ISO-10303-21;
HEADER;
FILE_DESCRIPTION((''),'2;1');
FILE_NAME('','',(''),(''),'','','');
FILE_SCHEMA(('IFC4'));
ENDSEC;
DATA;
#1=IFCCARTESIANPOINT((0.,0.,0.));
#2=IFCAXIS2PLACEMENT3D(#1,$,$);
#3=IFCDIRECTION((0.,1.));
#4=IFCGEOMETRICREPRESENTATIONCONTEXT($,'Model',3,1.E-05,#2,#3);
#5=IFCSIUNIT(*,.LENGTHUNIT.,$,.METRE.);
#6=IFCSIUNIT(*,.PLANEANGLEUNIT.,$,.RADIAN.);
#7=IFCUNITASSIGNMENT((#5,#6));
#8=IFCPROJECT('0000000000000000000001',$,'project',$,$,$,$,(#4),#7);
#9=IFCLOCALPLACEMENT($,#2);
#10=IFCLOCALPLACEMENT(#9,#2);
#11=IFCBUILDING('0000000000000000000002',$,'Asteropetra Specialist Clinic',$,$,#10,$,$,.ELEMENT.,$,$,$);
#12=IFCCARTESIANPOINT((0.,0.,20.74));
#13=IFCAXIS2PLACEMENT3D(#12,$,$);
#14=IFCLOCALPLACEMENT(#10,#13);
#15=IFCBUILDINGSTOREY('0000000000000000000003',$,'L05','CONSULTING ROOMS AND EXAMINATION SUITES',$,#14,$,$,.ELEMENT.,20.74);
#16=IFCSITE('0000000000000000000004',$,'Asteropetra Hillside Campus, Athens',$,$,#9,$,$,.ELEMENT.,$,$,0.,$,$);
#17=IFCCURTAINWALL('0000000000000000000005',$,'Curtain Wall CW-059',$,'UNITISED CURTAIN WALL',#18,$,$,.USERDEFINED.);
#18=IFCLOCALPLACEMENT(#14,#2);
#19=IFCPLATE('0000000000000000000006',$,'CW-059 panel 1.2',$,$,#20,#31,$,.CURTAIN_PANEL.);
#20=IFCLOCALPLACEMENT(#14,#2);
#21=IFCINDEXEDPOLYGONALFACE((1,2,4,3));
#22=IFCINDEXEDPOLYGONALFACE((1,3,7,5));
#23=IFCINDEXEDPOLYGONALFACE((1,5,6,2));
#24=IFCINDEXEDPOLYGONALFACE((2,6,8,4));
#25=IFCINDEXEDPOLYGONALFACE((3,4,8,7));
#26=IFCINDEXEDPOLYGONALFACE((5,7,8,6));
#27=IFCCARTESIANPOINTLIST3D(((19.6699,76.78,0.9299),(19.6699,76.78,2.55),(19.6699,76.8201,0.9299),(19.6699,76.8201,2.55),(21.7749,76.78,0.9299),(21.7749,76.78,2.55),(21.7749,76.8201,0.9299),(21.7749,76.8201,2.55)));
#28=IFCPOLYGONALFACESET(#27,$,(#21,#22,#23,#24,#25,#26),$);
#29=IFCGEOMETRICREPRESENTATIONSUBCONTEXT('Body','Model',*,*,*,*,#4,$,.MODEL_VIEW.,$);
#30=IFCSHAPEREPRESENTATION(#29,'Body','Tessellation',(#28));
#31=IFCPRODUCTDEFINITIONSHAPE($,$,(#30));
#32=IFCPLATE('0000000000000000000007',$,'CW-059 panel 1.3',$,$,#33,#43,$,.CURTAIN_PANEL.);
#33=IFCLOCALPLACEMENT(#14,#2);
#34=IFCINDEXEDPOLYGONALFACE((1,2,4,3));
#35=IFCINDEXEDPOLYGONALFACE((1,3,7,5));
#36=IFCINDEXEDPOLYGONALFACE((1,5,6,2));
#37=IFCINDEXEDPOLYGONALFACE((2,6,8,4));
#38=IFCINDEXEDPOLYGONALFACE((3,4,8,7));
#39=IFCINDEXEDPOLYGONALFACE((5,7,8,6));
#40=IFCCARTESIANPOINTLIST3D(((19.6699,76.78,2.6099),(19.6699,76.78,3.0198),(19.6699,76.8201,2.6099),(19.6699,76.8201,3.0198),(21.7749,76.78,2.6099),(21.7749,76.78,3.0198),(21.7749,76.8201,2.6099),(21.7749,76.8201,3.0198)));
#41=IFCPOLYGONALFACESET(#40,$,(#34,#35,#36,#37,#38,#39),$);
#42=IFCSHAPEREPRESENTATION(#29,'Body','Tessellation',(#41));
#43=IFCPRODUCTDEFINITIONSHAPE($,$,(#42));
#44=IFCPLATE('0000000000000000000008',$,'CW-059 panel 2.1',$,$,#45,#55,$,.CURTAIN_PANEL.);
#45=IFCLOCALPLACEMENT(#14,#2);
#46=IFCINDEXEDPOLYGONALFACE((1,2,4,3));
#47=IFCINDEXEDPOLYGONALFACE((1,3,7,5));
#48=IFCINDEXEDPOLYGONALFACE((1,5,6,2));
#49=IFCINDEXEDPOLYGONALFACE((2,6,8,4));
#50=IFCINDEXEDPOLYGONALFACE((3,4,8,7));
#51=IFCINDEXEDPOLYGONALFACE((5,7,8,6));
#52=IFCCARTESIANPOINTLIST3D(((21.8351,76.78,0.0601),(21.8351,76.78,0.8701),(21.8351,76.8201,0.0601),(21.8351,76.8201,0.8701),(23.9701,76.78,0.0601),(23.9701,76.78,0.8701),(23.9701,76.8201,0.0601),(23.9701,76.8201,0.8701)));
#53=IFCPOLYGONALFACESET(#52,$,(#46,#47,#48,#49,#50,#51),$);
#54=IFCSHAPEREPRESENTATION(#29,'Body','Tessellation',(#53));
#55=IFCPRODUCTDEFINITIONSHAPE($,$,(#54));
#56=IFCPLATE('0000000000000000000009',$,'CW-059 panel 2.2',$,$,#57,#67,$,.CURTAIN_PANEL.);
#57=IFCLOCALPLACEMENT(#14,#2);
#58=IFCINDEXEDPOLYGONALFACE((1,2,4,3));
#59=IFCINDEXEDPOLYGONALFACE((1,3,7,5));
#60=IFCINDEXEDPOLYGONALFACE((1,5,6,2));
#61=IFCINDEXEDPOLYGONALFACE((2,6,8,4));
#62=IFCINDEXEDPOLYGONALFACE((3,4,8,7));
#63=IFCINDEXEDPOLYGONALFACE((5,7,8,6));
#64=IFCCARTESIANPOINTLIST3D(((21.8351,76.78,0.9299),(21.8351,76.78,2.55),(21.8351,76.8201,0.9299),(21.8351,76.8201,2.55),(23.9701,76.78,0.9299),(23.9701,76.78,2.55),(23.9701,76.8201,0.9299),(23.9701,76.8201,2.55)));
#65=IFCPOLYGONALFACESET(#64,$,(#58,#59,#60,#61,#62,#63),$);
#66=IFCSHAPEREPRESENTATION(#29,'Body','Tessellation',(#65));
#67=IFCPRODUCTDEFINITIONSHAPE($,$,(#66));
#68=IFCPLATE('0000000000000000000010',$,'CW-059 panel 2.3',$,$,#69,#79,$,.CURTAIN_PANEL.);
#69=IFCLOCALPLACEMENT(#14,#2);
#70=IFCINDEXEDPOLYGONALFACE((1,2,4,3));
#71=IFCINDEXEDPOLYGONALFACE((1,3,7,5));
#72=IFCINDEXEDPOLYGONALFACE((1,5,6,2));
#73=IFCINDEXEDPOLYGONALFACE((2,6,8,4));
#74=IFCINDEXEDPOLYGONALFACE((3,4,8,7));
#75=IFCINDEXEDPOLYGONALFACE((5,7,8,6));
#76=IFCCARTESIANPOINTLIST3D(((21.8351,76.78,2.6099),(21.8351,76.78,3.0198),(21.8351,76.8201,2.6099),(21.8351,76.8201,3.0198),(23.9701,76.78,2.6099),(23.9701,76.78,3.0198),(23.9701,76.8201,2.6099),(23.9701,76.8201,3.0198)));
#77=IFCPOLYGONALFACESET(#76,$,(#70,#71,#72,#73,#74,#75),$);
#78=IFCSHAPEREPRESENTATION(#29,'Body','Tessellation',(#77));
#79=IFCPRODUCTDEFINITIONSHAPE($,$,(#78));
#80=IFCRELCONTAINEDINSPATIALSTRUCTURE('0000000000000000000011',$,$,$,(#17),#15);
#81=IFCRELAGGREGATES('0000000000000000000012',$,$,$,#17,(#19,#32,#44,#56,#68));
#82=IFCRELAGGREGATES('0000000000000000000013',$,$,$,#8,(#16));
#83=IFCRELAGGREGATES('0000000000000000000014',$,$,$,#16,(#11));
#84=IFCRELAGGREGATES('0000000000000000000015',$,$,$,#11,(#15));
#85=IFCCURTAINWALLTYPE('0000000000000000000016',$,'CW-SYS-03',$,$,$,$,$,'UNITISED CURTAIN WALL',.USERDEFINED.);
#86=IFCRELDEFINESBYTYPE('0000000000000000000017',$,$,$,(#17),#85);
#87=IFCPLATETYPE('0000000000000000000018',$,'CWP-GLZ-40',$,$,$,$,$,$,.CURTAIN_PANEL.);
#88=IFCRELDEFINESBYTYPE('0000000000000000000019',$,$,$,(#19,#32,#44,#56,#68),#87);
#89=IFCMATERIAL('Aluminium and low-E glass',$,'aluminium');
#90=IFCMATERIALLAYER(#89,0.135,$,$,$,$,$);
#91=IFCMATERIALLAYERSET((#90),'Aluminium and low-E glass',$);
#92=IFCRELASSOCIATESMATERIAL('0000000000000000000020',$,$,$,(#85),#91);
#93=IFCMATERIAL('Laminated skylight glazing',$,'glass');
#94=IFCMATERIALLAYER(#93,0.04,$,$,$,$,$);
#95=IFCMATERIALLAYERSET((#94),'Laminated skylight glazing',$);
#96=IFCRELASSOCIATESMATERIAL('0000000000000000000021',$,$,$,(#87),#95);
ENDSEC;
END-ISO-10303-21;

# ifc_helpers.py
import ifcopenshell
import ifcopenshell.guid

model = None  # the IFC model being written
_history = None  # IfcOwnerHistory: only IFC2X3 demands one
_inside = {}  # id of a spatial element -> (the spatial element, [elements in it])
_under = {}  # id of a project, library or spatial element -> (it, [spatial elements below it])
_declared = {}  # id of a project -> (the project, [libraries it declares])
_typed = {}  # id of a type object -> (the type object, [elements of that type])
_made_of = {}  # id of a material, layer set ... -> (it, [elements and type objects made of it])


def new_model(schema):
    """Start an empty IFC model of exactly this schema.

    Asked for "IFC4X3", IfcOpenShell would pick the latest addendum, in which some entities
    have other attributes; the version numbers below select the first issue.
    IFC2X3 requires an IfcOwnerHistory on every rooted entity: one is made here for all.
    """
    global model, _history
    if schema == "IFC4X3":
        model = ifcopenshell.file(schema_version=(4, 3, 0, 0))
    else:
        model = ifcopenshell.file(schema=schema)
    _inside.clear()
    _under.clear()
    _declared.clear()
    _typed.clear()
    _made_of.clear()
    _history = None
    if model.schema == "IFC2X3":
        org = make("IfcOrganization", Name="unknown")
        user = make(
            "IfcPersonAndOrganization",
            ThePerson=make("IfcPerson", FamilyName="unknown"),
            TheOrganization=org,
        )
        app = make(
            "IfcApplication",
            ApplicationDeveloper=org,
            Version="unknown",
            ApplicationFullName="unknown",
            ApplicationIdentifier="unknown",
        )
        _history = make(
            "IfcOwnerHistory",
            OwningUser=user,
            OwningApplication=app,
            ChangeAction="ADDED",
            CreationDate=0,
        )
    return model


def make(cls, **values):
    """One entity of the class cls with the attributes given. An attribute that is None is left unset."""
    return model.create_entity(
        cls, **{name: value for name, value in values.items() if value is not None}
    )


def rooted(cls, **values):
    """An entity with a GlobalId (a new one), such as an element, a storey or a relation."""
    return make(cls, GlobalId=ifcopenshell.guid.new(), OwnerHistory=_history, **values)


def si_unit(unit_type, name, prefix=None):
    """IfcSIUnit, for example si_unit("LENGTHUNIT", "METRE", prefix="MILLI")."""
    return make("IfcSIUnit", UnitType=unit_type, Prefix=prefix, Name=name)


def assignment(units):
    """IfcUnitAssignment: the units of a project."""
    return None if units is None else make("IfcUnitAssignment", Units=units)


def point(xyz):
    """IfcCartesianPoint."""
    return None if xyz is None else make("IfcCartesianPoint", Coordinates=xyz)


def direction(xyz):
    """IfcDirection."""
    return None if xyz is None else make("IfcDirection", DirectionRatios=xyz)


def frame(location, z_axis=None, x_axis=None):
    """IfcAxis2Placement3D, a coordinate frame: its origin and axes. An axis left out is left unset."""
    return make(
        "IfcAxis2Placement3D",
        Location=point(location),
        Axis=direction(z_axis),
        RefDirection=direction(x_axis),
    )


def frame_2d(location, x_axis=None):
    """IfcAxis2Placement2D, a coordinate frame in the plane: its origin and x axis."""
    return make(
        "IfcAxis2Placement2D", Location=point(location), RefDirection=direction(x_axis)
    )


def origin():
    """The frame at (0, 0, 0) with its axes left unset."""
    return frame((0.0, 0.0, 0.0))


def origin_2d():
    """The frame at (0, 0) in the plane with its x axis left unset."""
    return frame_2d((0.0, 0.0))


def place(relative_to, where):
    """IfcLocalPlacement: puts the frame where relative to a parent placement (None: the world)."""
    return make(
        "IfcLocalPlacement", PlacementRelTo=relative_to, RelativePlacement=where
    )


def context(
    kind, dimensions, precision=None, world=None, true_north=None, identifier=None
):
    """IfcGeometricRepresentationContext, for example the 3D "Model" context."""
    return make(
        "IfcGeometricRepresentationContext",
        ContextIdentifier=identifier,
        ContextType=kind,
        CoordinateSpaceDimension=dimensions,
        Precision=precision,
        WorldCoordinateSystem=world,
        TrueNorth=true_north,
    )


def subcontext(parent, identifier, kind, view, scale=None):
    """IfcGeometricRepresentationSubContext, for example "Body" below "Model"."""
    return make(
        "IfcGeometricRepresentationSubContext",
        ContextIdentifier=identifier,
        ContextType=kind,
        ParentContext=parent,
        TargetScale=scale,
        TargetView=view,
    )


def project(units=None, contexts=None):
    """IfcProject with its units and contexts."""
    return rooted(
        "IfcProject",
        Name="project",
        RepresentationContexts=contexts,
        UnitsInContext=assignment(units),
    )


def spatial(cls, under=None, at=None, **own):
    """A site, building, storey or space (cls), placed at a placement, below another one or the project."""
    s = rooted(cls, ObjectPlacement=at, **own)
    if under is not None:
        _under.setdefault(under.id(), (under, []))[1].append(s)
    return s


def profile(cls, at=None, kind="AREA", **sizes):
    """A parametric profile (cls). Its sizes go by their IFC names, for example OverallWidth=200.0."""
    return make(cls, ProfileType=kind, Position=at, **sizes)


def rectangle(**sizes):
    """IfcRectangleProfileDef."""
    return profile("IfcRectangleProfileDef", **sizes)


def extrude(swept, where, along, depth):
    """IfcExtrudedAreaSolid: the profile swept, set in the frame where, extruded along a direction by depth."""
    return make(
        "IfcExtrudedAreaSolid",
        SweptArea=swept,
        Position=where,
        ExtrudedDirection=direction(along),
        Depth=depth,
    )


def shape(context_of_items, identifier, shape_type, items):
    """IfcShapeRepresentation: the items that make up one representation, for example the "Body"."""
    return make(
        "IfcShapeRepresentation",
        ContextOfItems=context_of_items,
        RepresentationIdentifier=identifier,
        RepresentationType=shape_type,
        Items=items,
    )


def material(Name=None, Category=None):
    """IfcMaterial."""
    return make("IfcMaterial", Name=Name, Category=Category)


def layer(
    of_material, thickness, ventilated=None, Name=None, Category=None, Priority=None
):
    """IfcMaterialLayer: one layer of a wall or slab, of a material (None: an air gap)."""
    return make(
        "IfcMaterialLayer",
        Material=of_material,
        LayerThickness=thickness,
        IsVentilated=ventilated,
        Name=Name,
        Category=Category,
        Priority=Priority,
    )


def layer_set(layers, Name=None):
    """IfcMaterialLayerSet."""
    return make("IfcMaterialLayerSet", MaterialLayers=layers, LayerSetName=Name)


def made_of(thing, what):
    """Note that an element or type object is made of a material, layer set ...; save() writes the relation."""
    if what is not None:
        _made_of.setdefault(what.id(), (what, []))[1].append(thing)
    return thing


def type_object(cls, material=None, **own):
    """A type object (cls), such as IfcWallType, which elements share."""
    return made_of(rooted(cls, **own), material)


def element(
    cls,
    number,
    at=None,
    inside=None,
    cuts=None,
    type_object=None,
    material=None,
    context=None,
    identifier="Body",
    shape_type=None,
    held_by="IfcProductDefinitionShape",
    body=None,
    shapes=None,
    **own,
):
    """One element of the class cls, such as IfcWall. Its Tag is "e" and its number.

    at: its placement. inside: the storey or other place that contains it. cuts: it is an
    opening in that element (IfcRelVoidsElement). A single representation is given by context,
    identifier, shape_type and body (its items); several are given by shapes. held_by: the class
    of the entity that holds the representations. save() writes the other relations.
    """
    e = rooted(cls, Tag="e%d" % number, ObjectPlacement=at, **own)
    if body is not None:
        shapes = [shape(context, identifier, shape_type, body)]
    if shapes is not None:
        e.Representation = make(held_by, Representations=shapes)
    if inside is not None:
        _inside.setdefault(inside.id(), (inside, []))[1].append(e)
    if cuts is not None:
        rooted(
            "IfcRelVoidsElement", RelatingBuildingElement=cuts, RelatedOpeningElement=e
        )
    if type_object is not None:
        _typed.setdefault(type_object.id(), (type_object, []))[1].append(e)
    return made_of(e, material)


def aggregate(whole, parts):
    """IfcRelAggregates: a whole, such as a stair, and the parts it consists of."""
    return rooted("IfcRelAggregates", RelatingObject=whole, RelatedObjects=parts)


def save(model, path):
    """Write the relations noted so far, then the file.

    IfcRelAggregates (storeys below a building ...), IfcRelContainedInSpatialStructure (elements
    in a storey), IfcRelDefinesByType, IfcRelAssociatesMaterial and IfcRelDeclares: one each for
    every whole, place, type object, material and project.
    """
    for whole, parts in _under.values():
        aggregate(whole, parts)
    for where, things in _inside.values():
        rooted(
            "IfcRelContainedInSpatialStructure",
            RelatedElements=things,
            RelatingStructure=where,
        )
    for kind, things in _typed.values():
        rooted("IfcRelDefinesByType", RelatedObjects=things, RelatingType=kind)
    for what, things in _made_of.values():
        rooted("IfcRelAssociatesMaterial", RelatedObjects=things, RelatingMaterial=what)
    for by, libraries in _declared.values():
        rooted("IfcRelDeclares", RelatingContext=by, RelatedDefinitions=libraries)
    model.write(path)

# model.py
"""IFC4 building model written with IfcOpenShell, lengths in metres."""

from ifc_helpers import new_model, si_unit, direction, frame, origin, origin_2d, place, context, subcontext, project, spatial, rectangle, extrude, material, layer, layer_set, type_object, element, aggregate, save


model = new_model("IFC4")

# Units and contexts
model_context = context("Model", 3, precision=1e-05, world=origin(), true_north=direction((0.0, 1.0)))
body_context = subcontext(model_context, "Body", "Model", "MODEL_VIEW")
ifc_project = project(units=[si_unit("LENGTHUNIT", "METRE"), si_unit("PLANEANGLEUNIT", "RADIAN")], contexts=[model_context])

# Site, building, storey
site_placement = place(None, origin())
site = spatial("IfcSite", under=ifc_project, at=site_placement, Name="Asteropetra Hillside Campus, Athens", CompositionType="ELEMENT", RefElevation=0.0)
building_placement = place(site_placement, origin())
building = spatial("IfcBuilding", under=site, at=building_placement, Name="Asteropetra Specialist Clinic", CompositionType="ELEMENT")
storey_placement = place(building_placement, frame((0.0, 0.0, 20.74)))
storey = spatial("IfcBuildingStorey", under=building, at=storey_placement, Name="L05", Description="CONSULTING ROOMS AND EXAMINATION SUITES", CompositionType="ELEMENT", Elevation=20.74)

# Curtain wall
ifc_material_1 = material(Name="Aluminium and low-E glass", Category="aluminium")
ifc_layer_1 = layer(ifc_material_1, 0.135)
ifc_layer_set_1 = layer_set([ifc_layer_1], Name="Aluminium and low-E glass")
curtain_wall_type_1 = type_object("IfcCurtainWallType", Name="CW-SYS-03", ElementType="UNITISED CURTAIN WALL", PredefinedType="USERDEFINED", material=ifc_layer_set_1)
curtain_wall_1_placement = place(storey_placement, origin())
curtain_wall_1 = element("IfcCurtainWall", 1, at=curtain_wall_1_placement, inside=storey, type_object=curtain_wall_type_1, Name="Curtain Wall CW-059", ObjectType="UNITISED CURTAIN WALL", PredefinedType="USERDEFINED")

# Plates
ifc_material_2 = material(Name="Laminated skylight glazing", Category="glass")
ifc_layer_2 = layer(ifc_material_2, 0.04)
ifc_layer_set_2 = layer_set([ifc_layer_2], Name="Laminated skylight glazing")
plate_type_1 = type_object("IfcPlateType", Name="CWP-GLZ-40", PredefinedType="CURTAIN_PANEL", material=ifc_layer_set_2)
plate_1_placement = place(storey_placement, frame((20.7224, 76.8, 0.9299), z_axis=(0.0, 0.0, 1.0), x_axis=(1.0, 0.0, 0.0)))
plate_1 = element("IfcPlate", 2, at=plate_1_placement, type_object=plate_type_1, Name="CW-059 panel 1.2", PredefinedType="CURTAIN_PANEL", context=body_context, shape_type="SweptSolid", body=[
    extrude(rectangle(XDim=2.105, YDim=0.04, at=origin_2d()), origin(), (0.0, 0.0, 1.0), 1.6201),
])
plate_2_placement = place(storey_placement, frame((20.7224, 76.8, 2.6099), z_axis=(0.0, 0.0, 1.0), x_axis=(1.0, 0.0, 0.0)))
plate_2 = element("IfcPlate", 3, at=plate_2_placement, type_object=plate_type_1, Name="CW-059 panel 1.3", PredefinedType="CURTAIN_PANEL", context=body_context, shape_type="SweptSolid", body=[
    extrude(rectangle(XDim=2.105, YDim=0.04, at=origin_2d()), origin(), (0.0, 0.0, 1.0), 0.4099),
])
plate_3_placement = place(storey_placement, frame((22.9026, 76.8, 0.0601), z_axis=(0.0, 0.0, 1.0), x_axis=(1.0, 0.0, 0.0)))
plate_3 = element("IfcPlate", 4, at=plate_3_placement, type_object=plate_type_1, Name="CW-059 panel 2.1", PredefinedType="CURTAIN_PANEL", context=body_context, shape_type="SweptSolid", body=[
    extrude(rectangle(XDim=2.135, YDim=0.04, at=origin_2d()), origin(), (0.0, 0.0, 1.0), 0.8101),
])
plate_4_placement = place(storey_placement, frame((22.9026, 76.8, 0.9299), z_axis=(0.0, 0.0, 1.0), x_axis=(1.0, 0.0, 0.0)))
plate_4 = element("IfcPlate", 5, at=plate_4_placement, type_object=plate_type_1, Name="CW-059 panel 2.2", PredefinedType="CURTAIN_PANEL", context=body_context, shape_type="SweptSolid", body=[
    extrude(rectangle(XDim=2.135, YDim=0.04, at=origin_2d()), origin(), (0.0, 0.0, 1.0), 1.6201),
])
plate_5_placement = place(storey_placement, frame((22.9026, 76.8, 2.6099), z_axis=(0.0, 0.0, 1.0), x_axis=(1.0, 0.0, 0.0)))
plate_5 = element("IfcPlate", 6, at=plate_5_placement, type_object=plate_type_1, Name="CW-059 panel 2.3", PredefinedType="CURTAIN_PANEL", context=body_context, shape_type="SweptSolid", body=[
    extrude(rectangle(XDim=2.135, YDim=0.04, at=origin_2d()), origin(), (0.0, 0.0, 1.0), 0.4099),
])
aggregate(curtain_wall_1, [plate_1, plate_2, plate_3, plate_4, plate_5])

save(model, "model.ifc")
